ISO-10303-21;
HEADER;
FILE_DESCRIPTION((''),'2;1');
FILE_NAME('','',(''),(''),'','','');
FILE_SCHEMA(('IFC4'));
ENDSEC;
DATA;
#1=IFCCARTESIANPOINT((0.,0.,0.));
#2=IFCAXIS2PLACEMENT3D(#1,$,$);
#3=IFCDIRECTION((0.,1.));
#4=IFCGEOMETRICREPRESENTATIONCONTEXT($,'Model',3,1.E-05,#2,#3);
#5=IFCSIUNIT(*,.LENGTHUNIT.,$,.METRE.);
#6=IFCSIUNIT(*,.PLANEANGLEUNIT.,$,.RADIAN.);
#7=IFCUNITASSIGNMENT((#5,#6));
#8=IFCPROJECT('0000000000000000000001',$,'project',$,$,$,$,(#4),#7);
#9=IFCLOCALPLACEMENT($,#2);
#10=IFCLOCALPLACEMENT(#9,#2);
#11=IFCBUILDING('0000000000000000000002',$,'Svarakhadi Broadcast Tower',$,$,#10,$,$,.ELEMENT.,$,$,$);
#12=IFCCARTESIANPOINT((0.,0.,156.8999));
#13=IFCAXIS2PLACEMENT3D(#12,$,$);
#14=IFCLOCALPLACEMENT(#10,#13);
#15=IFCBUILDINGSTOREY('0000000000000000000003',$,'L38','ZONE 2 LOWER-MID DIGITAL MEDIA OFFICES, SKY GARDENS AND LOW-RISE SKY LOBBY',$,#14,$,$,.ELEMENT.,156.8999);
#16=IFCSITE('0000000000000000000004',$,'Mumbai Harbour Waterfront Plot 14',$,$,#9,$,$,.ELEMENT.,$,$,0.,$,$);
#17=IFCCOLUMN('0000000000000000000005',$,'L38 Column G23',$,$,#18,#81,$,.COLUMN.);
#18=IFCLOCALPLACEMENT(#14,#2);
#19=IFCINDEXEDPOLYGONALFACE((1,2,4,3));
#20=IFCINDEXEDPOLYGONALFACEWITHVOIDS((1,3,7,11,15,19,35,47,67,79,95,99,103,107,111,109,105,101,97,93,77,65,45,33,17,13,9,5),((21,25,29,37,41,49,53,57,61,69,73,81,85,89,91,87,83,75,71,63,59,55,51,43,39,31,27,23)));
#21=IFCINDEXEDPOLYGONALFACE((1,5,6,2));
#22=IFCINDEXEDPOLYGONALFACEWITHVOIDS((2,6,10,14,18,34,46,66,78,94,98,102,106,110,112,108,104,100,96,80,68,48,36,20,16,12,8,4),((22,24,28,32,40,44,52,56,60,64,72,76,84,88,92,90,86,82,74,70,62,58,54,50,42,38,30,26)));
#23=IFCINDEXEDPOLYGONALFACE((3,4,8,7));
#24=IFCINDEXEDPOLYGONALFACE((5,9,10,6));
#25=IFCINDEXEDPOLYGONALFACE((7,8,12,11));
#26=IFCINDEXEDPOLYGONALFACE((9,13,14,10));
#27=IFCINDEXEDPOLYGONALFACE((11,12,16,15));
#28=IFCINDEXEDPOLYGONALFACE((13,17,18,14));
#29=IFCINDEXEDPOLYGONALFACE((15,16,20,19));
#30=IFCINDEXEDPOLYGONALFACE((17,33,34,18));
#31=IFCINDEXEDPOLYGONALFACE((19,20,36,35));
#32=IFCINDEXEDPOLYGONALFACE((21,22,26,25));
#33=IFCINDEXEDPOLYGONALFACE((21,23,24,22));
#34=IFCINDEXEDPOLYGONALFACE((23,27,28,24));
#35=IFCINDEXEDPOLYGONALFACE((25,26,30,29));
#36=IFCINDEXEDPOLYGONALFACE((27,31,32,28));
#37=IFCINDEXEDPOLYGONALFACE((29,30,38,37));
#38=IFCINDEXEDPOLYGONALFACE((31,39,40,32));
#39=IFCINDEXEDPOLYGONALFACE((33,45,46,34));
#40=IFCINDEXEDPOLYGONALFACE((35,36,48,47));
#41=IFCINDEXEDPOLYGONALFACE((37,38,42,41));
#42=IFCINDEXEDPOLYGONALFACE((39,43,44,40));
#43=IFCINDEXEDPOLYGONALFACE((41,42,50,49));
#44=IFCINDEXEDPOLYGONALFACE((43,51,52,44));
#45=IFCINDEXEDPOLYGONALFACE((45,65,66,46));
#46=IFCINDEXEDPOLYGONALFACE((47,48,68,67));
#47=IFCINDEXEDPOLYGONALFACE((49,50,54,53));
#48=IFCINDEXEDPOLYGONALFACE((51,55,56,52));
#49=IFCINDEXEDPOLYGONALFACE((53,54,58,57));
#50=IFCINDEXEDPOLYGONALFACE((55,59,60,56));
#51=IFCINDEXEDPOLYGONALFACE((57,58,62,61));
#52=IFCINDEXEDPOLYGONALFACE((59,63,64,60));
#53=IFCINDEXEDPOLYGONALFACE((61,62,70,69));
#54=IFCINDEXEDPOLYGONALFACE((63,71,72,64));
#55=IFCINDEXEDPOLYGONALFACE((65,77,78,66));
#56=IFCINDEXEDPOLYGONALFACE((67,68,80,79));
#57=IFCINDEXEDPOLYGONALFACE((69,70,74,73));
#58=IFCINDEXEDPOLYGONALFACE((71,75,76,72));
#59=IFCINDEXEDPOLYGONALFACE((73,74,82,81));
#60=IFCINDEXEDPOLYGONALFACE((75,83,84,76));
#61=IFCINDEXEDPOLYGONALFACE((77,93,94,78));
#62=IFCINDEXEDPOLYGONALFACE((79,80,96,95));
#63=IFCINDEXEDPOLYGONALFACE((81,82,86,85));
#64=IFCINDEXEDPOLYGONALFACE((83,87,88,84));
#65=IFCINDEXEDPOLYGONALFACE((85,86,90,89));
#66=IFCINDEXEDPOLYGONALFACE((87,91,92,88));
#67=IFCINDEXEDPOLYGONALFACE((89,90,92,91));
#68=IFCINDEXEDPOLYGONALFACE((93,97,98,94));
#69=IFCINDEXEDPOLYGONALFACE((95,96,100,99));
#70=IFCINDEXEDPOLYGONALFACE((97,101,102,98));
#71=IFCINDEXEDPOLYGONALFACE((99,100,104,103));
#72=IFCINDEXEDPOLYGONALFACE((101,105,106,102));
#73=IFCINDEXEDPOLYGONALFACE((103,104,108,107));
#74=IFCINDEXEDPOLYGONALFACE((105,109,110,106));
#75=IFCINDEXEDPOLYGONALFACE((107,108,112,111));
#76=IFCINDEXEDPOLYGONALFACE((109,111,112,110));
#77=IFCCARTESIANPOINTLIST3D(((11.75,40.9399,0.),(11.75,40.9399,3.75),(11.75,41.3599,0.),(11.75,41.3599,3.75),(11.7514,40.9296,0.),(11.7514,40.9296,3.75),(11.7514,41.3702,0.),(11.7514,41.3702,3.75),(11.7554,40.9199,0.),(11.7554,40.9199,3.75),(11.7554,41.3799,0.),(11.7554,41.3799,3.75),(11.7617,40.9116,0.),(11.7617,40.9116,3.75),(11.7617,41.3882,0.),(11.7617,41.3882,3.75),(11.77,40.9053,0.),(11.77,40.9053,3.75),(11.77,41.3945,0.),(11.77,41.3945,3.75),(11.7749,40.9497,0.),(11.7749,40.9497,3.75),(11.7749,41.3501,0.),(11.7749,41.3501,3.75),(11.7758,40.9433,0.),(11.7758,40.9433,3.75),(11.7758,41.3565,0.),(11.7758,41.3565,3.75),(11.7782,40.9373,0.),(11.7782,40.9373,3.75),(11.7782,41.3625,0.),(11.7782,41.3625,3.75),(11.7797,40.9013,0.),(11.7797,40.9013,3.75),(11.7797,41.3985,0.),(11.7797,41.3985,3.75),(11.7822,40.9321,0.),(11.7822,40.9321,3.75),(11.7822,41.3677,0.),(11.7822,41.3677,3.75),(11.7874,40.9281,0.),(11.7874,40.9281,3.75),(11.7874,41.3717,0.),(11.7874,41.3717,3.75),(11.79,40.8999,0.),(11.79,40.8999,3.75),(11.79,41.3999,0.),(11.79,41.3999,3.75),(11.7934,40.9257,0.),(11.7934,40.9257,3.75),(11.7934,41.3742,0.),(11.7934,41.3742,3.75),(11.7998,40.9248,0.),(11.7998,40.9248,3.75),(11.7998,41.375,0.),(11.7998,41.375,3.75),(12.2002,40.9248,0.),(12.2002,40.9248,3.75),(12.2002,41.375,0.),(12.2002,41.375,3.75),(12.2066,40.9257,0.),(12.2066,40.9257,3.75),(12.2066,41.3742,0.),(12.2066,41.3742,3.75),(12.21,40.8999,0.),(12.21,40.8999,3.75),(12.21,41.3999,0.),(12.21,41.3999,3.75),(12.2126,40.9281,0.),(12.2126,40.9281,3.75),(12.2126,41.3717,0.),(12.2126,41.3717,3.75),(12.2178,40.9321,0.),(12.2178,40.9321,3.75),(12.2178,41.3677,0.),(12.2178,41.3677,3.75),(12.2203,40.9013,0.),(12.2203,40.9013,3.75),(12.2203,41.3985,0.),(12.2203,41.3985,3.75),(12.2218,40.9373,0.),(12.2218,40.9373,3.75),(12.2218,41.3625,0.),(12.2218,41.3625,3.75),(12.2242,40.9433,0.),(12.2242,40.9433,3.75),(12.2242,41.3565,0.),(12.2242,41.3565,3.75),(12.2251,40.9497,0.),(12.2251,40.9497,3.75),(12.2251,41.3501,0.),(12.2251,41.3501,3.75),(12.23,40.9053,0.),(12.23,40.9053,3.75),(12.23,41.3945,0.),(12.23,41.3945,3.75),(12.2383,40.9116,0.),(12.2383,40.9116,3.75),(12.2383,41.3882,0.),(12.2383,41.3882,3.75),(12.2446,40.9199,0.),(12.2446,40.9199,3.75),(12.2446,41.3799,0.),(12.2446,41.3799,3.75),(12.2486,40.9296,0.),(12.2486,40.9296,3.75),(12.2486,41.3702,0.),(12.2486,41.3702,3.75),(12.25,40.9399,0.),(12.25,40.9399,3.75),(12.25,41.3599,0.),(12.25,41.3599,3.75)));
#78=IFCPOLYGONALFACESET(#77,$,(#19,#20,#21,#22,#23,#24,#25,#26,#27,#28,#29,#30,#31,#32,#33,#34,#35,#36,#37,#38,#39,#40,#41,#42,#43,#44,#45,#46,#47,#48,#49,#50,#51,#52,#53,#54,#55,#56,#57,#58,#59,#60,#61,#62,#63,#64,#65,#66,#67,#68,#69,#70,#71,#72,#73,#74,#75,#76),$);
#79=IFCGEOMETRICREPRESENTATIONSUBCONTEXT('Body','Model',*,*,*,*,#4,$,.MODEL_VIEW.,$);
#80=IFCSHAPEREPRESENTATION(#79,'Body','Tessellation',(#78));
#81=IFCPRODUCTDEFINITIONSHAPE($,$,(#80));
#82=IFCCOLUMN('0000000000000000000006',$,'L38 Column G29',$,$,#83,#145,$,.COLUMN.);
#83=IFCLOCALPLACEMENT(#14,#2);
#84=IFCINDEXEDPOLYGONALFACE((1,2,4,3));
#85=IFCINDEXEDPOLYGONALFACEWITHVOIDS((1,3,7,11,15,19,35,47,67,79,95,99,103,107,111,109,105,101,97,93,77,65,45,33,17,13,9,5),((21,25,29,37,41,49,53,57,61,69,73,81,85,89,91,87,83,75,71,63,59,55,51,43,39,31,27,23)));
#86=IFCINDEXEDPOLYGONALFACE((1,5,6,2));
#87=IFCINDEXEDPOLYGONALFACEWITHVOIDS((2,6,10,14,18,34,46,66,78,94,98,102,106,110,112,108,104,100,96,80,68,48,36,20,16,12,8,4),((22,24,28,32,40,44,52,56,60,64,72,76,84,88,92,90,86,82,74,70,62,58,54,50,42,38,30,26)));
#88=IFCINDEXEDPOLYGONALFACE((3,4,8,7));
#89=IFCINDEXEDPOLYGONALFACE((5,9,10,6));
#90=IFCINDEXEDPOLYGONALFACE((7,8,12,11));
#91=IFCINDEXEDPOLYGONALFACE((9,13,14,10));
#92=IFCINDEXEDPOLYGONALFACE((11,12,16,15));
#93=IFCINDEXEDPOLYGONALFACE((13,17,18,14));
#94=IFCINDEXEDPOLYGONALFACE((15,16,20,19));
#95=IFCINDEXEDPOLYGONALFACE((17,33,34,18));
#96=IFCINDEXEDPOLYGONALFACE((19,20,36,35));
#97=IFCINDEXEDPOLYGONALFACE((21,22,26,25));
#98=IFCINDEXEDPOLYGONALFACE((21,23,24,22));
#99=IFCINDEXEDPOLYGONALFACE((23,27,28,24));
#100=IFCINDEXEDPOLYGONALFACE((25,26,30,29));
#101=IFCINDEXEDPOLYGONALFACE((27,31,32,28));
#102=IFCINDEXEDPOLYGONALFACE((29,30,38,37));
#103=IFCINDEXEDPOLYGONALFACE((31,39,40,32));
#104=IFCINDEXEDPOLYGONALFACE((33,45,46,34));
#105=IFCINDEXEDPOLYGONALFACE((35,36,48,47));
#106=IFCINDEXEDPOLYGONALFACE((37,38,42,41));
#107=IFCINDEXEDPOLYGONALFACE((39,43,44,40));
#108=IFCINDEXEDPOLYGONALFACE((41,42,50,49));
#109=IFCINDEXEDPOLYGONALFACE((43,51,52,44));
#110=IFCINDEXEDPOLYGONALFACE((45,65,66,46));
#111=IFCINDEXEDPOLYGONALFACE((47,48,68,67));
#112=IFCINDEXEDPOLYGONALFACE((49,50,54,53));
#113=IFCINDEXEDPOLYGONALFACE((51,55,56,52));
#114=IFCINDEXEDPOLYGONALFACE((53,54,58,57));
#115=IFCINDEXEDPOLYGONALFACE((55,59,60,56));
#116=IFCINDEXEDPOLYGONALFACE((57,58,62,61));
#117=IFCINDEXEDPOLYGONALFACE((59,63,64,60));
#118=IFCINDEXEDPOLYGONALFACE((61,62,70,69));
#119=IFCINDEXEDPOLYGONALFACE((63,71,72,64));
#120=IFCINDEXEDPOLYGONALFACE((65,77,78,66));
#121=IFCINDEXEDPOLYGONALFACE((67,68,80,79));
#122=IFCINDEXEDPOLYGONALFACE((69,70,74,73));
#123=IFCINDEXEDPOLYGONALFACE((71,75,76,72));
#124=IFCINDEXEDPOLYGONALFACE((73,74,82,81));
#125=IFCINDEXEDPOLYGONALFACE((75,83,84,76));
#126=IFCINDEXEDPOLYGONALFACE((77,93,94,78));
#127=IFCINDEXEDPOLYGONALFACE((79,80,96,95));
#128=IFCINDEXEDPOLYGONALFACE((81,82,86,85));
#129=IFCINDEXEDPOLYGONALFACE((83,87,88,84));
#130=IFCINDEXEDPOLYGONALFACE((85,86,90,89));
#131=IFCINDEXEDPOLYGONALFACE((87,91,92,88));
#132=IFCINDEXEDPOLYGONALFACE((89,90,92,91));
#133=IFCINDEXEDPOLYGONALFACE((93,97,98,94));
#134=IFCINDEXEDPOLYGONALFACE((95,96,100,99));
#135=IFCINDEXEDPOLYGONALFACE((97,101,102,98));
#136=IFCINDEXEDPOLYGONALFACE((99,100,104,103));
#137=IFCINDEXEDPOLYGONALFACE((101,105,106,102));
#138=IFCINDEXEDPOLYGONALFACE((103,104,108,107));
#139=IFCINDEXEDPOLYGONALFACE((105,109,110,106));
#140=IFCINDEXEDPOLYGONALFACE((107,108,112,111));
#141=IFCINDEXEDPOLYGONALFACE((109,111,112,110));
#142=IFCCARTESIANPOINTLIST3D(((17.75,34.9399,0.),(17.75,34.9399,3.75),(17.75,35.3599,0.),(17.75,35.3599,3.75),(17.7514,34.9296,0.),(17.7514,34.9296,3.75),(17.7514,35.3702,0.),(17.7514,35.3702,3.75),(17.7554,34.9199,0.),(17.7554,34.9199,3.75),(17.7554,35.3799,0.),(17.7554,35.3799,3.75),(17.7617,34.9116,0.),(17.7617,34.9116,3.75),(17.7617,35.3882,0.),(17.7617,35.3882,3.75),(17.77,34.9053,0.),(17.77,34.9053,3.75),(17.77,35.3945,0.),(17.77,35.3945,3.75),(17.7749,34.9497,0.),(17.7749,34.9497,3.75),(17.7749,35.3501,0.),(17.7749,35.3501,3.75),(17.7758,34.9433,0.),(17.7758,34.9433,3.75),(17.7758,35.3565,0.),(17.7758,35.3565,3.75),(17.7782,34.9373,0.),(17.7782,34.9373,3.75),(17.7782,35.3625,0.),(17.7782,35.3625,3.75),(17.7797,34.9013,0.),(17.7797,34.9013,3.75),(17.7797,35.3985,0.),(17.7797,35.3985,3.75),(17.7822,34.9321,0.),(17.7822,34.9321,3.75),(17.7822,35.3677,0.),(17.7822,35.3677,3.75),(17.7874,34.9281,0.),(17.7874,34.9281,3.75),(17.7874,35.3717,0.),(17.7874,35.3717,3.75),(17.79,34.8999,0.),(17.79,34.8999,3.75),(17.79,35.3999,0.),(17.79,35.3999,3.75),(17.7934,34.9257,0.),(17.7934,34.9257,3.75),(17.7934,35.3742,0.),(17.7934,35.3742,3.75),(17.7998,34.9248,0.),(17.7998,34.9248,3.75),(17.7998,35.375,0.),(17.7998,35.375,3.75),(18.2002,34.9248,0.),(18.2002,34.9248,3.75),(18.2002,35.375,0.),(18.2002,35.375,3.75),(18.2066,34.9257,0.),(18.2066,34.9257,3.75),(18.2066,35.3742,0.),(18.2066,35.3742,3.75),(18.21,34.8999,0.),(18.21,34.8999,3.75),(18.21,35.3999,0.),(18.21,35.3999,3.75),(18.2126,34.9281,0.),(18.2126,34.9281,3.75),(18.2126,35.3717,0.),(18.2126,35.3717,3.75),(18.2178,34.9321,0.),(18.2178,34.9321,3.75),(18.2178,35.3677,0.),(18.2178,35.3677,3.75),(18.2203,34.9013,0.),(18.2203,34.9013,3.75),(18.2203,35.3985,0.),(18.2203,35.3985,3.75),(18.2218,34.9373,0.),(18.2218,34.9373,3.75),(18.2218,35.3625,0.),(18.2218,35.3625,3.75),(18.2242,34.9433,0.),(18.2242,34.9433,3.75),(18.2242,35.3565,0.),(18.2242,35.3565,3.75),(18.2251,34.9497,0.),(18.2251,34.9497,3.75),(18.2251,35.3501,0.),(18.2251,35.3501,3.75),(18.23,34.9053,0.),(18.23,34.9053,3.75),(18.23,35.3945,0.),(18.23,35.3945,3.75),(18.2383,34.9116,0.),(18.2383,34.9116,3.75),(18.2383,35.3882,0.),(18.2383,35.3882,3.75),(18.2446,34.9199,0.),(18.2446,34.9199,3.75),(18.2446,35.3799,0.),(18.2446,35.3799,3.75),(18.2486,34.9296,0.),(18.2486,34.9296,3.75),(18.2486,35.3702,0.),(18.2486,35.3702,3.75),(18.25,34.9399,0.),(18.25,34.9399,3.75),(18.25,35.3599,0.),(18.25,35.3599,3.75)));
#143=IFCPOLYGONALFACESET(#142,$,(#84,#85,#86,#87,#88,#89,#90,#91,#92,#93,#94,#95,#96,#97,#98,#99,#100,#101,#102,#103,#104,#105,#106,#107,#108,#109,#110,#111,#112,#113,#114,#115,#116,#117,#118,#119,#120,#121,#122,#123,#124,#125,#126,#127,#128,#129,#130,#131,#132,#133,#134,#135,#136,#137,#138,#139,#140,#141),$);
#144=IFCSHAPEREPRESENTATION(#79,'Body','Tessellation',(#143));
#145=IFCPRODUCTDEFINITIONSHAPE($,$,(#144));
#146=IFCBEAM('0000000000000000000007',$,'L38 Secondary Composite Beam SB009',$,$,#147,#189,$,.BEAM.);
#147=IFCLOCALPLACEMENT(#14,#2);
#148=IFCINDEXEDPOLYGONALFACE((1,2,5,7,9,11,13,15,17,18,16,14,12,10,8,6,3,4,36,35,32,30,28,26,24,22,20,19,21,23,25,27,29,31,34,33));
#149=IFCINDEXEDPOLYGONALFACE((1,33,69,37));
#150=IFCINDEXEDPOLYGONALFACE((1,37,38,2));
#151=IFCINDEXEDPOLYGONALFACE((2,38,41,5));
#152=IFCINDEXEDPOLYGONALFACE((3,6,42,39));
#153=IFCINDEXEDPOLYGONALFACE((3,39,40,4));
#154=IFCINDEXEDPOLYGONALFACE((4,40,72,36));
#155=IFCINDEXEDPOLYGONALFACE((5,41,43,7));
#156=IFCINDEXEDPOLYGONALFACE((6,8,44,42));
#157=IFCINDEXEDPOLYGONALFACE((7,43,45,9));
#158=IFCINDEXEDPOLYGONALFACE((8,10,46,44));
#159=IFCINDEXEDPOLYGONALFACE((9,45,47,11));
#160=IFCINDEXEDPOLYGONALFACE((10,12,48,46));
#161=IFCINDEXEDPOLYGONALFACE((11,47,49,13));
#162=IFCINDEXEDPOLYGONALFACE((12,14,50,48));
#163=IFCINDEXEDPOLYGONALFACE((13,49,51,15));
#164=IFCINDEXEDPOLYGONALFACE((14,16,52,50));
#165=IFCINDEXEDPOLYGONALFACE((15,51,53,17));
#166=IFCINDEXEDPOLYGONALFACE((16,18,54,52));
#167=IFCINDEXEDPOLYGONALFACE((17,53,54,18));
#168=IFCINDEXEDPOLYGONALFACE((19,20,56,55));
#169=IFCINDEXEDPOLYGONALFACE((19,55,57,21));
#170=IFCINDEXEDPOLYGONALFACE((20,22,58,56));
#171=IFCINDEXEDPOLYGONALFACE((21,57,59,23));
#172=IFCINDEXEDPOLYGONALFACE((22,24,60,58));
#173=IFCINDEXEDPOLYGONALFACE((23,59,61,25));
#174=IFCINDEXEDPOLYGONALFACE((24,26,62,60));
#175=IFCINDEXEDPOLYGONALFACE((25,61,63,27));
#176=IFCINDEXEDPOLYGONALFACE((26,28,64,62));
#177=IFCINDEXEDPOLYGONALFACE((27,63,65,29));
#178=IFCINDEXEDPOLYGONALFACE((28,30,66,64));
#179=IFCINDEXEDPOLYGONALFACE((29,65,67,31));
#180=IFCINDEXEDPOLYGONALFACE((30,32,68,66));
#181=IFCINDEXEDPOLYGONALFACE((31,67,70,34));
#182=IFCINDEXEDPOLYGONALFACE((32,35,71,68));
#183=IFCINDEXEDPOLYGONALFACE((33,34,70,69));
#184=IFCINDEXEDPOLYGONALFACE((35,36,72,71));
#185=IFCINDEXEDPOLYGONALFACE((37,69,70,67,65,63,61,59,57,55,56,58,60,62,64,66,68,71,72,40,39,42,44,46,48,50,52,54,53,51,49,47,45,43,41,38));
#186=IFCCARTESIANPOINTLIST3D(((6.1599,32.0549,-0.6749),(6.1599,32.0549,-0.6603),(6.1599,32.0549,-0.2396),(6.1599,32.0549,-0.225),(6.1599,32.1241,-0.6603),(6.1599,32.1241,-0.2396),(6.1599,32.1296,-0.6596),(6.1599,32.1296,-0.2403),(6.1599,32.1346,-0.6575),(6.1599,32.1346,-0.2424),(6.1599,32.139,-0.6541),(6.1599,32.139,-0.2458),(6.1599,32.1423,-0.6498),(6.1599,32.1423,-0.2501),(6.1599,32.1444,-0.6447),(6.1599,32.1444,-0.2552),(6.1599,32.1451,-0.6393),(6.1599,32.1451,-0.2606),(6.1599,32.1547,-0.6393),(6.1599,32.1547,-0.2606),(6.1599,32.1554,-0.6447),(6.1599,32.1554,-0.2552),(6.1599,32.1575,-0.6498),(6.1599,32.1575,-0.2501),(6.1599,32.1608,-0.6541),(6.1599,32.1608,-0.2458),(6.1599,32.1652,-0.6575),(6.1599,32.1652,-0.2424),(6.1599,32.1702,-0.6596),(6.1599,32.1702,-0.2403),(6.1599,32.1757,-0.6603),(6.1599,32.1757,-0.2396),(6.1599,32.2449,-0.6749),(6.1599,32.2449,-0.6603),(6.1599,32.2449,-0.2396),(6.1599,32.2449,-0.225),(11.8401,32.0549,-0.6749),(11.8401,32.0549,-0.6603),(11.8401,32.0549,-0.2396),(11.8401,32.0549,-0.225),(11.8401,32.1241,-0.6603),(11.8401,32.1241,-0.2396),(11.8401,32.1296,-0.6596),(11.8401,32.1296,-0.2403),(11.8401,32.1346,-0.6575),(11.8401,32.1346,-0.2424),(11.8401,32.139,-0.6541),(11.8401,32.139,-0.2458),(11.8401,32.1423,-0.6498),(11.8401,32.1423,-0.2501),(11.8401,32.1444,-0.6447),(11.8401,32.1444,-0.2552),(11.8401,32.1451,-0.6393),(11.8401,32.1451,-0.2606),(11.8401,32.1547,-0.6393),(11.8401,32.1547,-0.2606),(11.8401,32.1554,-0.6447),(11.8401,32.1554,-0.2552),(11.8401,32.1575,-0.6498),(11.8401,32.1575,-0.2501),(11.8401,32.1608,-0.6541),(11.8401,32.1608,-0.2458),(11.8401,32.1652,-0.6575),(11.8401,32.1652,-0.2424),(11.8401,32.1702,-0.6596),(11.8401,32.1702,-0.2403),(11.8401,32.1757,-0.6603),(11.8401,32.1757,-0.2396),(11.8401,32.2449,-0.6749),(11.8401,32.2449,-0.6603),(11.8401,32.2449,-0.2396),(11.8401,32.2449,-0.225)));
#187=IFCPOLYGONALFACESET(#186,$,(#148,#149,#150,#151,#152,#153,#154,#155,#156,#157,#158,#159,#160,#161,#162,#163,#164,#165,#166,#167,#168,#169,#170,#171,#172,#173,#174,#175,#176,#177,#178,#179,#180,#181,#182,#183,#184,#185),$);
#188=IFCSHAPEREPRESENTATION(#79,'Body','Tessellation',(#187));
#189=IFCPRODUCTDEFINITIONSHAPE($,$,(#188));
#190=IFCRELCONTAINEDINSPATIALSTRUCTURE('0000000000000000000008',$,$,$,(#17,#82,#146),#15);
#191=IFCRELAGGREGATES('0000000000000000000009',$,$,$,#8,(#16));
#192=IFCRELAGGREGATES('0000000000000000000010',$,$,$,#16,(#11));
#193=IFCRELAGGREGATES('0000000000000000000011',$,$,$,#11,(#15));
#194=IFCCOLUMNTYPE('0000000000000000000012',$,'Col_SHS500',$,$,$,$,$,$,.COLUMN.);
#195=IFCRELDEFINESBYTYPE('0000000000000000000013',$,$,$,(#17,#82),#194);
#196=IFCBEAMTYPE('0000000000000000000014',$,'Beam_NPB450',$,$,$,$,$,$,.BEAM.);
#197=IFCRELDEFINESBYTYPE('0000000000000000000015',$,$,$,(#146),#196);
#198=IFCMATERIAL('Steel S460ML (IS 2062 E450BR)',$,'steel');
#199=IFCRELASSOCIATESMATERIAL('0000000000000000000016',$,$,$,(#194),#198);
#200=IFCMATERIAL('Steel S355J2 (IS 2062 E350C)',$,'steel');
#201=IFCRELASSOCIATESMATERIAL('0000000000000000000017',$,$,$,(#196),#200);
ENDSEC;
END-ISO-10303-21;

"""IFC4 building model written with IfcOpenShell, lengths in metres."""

from ifc_helpers import new_model, si_unit, direction, frame, origin, origin_2d, place, context, subcontext, project, spatial, hollow_rectangle, i_section, extrude, material, material_profile, profile_set, type_object, element, save


model = new_model("IFC4")

# Units and contexts
model_context = context("Model", 3, precision=1e-05, world=origin(), true_north=direction((0.0, 1.0)))
body_context = subcontext(model_context, "Body", "Model", "MODEL_VIEW")
ifc_project = project(units=[si_unit("LENGTHUNIT", "METRE"), si_unit("PLANEANGLEUNIT", "RADIAN")], contexts=[model_context])

# Site, building, storey
site_placement = place(None, origin())
site = spatial("IfcSite", under=ifc_project, at=site_placement, Name="Mumbai Harbour Waterfront Plot 14", CompositionType="ELEMENT", RefElevation=0.0)
building_placement = place(site_placement, origin())
building = spatial("IfcBuilding", under=site, at=building_placement, Name="Svarakhadi Broadcast Tower", CompositionType="ELEMENT")
storey_placement = place(building_placement, frame((0.0, 0.0, 156.8999)))
storey = spatial("IfcBuildingStorey", under=building, at=storey_placement, Name="L38", Description="ZONE 2 LOWER-MID DIGITAL MEDIA OFFICES, SKY GARDENS AND LOW-RISE SKY LOBBY", CompositionType="ELEMENT", Elevation=156.8999)

# Columns
ifc_material_1 = material(Name="Steel S460ML (IS 2062 E450BR)", Category="steel")
ifc_material_profile_1 = material_profile(ifc_material_1, hollow_rectangle(XDim=0.5, YDim=0.5, WallThickness=0.0249, InnerFilletRadius=0.0249, OuterFilletRadius=0.04, at=origin_2d()), Name="SHS 500x500x25")
ifc_profile_set_1 = profile_set([ifc_material_profile_1], Name="Steel S460ML (IS 2062 E450BR)")
column_type_1 = type_object("IfcColumnType", Name="Col_SHS500", PredefinedType="COLUMN", material=ifc_profile_set_1)
for number, where, z_axis, x_axis, name in (
    (1, (12.0, 41.1499, 0.0), (0.0, 0.0, 1.0), (1.0, 0.0, 0.0), "L38 Column G23"),
    (2, (18.0, 35.1499, 0.0), (0.0, 0.0, 1.0), (1.0, 0.0, 0.0), "L38 Column G29"),
):
    element("IfcColumn", number, at=place(storey_placement, frame(where, z_axis=z_axis, x_axis=x_axis)), inside=storey, type_object=column_type_1, Name=name, PredefinedType="COLUMN", context=body_context, shape_type="SweptSolid", body=[
        extrude(hollow_rectangle(XDim=0.5, YDim=0.5, WallThickness=0.0249, InnerFilletRadius=0.0249, OuterFilletRadius=0.04, at=origin_2d()), origin(), (0.0, 0.0, 1.0), 3.75),
    ])

# Beam
ifc_material_2 = material(Name="Steel S355J2 (IS 2062 E350C)", Category="steel")
ifc_material_profile_2 = material_profile(ifc_material_2, i_section(OverallWidth=0.1899, OverallDepth=0.45, WebThickness=0.0095, FlangeThickness=0.0146, FilletRadius=0.021, at=origin_2d()), Name="NPB 450x190x78")
ifc_profile_set_2 = profile_set([ifc_material_profile_2], Name="Steel S355J2 (IS 2062 E350C)")
beam_type_1 = type_object("IfcBeamType", Name="Beam_NPB450", PredefinedType="BEAM", material=ifc_profile_set_2)
for number, where, z_axis, x_axis, name in (
    (3, (6.1599, 32.1499, -0.45), (1.0, 0.0, 0.0), (0.0, 1.0, 0.0), "L38 Secondary Composite Beam SB009"),
):
    element("IfcBeam", number, at=place(storey_placement, frame(where, z_axis=z_axis, x_axis=x_axis)), inside=storey, type_object=beam_type_1, Name=name, PredefinedType="BEAM", context=body_context, shape_type="SweptSolid", body=[
        extrude(i_section(OverallWidth=0.1899, OverallDepth=0.45, WebThickness=0.0095, FlangeThickness=0.0146, FilletRadius=0.021, at=origin_2d()), origin(), (0.0, 0.0, 1.0), 5.6802),
    ])

save(model, "model.ifc")
